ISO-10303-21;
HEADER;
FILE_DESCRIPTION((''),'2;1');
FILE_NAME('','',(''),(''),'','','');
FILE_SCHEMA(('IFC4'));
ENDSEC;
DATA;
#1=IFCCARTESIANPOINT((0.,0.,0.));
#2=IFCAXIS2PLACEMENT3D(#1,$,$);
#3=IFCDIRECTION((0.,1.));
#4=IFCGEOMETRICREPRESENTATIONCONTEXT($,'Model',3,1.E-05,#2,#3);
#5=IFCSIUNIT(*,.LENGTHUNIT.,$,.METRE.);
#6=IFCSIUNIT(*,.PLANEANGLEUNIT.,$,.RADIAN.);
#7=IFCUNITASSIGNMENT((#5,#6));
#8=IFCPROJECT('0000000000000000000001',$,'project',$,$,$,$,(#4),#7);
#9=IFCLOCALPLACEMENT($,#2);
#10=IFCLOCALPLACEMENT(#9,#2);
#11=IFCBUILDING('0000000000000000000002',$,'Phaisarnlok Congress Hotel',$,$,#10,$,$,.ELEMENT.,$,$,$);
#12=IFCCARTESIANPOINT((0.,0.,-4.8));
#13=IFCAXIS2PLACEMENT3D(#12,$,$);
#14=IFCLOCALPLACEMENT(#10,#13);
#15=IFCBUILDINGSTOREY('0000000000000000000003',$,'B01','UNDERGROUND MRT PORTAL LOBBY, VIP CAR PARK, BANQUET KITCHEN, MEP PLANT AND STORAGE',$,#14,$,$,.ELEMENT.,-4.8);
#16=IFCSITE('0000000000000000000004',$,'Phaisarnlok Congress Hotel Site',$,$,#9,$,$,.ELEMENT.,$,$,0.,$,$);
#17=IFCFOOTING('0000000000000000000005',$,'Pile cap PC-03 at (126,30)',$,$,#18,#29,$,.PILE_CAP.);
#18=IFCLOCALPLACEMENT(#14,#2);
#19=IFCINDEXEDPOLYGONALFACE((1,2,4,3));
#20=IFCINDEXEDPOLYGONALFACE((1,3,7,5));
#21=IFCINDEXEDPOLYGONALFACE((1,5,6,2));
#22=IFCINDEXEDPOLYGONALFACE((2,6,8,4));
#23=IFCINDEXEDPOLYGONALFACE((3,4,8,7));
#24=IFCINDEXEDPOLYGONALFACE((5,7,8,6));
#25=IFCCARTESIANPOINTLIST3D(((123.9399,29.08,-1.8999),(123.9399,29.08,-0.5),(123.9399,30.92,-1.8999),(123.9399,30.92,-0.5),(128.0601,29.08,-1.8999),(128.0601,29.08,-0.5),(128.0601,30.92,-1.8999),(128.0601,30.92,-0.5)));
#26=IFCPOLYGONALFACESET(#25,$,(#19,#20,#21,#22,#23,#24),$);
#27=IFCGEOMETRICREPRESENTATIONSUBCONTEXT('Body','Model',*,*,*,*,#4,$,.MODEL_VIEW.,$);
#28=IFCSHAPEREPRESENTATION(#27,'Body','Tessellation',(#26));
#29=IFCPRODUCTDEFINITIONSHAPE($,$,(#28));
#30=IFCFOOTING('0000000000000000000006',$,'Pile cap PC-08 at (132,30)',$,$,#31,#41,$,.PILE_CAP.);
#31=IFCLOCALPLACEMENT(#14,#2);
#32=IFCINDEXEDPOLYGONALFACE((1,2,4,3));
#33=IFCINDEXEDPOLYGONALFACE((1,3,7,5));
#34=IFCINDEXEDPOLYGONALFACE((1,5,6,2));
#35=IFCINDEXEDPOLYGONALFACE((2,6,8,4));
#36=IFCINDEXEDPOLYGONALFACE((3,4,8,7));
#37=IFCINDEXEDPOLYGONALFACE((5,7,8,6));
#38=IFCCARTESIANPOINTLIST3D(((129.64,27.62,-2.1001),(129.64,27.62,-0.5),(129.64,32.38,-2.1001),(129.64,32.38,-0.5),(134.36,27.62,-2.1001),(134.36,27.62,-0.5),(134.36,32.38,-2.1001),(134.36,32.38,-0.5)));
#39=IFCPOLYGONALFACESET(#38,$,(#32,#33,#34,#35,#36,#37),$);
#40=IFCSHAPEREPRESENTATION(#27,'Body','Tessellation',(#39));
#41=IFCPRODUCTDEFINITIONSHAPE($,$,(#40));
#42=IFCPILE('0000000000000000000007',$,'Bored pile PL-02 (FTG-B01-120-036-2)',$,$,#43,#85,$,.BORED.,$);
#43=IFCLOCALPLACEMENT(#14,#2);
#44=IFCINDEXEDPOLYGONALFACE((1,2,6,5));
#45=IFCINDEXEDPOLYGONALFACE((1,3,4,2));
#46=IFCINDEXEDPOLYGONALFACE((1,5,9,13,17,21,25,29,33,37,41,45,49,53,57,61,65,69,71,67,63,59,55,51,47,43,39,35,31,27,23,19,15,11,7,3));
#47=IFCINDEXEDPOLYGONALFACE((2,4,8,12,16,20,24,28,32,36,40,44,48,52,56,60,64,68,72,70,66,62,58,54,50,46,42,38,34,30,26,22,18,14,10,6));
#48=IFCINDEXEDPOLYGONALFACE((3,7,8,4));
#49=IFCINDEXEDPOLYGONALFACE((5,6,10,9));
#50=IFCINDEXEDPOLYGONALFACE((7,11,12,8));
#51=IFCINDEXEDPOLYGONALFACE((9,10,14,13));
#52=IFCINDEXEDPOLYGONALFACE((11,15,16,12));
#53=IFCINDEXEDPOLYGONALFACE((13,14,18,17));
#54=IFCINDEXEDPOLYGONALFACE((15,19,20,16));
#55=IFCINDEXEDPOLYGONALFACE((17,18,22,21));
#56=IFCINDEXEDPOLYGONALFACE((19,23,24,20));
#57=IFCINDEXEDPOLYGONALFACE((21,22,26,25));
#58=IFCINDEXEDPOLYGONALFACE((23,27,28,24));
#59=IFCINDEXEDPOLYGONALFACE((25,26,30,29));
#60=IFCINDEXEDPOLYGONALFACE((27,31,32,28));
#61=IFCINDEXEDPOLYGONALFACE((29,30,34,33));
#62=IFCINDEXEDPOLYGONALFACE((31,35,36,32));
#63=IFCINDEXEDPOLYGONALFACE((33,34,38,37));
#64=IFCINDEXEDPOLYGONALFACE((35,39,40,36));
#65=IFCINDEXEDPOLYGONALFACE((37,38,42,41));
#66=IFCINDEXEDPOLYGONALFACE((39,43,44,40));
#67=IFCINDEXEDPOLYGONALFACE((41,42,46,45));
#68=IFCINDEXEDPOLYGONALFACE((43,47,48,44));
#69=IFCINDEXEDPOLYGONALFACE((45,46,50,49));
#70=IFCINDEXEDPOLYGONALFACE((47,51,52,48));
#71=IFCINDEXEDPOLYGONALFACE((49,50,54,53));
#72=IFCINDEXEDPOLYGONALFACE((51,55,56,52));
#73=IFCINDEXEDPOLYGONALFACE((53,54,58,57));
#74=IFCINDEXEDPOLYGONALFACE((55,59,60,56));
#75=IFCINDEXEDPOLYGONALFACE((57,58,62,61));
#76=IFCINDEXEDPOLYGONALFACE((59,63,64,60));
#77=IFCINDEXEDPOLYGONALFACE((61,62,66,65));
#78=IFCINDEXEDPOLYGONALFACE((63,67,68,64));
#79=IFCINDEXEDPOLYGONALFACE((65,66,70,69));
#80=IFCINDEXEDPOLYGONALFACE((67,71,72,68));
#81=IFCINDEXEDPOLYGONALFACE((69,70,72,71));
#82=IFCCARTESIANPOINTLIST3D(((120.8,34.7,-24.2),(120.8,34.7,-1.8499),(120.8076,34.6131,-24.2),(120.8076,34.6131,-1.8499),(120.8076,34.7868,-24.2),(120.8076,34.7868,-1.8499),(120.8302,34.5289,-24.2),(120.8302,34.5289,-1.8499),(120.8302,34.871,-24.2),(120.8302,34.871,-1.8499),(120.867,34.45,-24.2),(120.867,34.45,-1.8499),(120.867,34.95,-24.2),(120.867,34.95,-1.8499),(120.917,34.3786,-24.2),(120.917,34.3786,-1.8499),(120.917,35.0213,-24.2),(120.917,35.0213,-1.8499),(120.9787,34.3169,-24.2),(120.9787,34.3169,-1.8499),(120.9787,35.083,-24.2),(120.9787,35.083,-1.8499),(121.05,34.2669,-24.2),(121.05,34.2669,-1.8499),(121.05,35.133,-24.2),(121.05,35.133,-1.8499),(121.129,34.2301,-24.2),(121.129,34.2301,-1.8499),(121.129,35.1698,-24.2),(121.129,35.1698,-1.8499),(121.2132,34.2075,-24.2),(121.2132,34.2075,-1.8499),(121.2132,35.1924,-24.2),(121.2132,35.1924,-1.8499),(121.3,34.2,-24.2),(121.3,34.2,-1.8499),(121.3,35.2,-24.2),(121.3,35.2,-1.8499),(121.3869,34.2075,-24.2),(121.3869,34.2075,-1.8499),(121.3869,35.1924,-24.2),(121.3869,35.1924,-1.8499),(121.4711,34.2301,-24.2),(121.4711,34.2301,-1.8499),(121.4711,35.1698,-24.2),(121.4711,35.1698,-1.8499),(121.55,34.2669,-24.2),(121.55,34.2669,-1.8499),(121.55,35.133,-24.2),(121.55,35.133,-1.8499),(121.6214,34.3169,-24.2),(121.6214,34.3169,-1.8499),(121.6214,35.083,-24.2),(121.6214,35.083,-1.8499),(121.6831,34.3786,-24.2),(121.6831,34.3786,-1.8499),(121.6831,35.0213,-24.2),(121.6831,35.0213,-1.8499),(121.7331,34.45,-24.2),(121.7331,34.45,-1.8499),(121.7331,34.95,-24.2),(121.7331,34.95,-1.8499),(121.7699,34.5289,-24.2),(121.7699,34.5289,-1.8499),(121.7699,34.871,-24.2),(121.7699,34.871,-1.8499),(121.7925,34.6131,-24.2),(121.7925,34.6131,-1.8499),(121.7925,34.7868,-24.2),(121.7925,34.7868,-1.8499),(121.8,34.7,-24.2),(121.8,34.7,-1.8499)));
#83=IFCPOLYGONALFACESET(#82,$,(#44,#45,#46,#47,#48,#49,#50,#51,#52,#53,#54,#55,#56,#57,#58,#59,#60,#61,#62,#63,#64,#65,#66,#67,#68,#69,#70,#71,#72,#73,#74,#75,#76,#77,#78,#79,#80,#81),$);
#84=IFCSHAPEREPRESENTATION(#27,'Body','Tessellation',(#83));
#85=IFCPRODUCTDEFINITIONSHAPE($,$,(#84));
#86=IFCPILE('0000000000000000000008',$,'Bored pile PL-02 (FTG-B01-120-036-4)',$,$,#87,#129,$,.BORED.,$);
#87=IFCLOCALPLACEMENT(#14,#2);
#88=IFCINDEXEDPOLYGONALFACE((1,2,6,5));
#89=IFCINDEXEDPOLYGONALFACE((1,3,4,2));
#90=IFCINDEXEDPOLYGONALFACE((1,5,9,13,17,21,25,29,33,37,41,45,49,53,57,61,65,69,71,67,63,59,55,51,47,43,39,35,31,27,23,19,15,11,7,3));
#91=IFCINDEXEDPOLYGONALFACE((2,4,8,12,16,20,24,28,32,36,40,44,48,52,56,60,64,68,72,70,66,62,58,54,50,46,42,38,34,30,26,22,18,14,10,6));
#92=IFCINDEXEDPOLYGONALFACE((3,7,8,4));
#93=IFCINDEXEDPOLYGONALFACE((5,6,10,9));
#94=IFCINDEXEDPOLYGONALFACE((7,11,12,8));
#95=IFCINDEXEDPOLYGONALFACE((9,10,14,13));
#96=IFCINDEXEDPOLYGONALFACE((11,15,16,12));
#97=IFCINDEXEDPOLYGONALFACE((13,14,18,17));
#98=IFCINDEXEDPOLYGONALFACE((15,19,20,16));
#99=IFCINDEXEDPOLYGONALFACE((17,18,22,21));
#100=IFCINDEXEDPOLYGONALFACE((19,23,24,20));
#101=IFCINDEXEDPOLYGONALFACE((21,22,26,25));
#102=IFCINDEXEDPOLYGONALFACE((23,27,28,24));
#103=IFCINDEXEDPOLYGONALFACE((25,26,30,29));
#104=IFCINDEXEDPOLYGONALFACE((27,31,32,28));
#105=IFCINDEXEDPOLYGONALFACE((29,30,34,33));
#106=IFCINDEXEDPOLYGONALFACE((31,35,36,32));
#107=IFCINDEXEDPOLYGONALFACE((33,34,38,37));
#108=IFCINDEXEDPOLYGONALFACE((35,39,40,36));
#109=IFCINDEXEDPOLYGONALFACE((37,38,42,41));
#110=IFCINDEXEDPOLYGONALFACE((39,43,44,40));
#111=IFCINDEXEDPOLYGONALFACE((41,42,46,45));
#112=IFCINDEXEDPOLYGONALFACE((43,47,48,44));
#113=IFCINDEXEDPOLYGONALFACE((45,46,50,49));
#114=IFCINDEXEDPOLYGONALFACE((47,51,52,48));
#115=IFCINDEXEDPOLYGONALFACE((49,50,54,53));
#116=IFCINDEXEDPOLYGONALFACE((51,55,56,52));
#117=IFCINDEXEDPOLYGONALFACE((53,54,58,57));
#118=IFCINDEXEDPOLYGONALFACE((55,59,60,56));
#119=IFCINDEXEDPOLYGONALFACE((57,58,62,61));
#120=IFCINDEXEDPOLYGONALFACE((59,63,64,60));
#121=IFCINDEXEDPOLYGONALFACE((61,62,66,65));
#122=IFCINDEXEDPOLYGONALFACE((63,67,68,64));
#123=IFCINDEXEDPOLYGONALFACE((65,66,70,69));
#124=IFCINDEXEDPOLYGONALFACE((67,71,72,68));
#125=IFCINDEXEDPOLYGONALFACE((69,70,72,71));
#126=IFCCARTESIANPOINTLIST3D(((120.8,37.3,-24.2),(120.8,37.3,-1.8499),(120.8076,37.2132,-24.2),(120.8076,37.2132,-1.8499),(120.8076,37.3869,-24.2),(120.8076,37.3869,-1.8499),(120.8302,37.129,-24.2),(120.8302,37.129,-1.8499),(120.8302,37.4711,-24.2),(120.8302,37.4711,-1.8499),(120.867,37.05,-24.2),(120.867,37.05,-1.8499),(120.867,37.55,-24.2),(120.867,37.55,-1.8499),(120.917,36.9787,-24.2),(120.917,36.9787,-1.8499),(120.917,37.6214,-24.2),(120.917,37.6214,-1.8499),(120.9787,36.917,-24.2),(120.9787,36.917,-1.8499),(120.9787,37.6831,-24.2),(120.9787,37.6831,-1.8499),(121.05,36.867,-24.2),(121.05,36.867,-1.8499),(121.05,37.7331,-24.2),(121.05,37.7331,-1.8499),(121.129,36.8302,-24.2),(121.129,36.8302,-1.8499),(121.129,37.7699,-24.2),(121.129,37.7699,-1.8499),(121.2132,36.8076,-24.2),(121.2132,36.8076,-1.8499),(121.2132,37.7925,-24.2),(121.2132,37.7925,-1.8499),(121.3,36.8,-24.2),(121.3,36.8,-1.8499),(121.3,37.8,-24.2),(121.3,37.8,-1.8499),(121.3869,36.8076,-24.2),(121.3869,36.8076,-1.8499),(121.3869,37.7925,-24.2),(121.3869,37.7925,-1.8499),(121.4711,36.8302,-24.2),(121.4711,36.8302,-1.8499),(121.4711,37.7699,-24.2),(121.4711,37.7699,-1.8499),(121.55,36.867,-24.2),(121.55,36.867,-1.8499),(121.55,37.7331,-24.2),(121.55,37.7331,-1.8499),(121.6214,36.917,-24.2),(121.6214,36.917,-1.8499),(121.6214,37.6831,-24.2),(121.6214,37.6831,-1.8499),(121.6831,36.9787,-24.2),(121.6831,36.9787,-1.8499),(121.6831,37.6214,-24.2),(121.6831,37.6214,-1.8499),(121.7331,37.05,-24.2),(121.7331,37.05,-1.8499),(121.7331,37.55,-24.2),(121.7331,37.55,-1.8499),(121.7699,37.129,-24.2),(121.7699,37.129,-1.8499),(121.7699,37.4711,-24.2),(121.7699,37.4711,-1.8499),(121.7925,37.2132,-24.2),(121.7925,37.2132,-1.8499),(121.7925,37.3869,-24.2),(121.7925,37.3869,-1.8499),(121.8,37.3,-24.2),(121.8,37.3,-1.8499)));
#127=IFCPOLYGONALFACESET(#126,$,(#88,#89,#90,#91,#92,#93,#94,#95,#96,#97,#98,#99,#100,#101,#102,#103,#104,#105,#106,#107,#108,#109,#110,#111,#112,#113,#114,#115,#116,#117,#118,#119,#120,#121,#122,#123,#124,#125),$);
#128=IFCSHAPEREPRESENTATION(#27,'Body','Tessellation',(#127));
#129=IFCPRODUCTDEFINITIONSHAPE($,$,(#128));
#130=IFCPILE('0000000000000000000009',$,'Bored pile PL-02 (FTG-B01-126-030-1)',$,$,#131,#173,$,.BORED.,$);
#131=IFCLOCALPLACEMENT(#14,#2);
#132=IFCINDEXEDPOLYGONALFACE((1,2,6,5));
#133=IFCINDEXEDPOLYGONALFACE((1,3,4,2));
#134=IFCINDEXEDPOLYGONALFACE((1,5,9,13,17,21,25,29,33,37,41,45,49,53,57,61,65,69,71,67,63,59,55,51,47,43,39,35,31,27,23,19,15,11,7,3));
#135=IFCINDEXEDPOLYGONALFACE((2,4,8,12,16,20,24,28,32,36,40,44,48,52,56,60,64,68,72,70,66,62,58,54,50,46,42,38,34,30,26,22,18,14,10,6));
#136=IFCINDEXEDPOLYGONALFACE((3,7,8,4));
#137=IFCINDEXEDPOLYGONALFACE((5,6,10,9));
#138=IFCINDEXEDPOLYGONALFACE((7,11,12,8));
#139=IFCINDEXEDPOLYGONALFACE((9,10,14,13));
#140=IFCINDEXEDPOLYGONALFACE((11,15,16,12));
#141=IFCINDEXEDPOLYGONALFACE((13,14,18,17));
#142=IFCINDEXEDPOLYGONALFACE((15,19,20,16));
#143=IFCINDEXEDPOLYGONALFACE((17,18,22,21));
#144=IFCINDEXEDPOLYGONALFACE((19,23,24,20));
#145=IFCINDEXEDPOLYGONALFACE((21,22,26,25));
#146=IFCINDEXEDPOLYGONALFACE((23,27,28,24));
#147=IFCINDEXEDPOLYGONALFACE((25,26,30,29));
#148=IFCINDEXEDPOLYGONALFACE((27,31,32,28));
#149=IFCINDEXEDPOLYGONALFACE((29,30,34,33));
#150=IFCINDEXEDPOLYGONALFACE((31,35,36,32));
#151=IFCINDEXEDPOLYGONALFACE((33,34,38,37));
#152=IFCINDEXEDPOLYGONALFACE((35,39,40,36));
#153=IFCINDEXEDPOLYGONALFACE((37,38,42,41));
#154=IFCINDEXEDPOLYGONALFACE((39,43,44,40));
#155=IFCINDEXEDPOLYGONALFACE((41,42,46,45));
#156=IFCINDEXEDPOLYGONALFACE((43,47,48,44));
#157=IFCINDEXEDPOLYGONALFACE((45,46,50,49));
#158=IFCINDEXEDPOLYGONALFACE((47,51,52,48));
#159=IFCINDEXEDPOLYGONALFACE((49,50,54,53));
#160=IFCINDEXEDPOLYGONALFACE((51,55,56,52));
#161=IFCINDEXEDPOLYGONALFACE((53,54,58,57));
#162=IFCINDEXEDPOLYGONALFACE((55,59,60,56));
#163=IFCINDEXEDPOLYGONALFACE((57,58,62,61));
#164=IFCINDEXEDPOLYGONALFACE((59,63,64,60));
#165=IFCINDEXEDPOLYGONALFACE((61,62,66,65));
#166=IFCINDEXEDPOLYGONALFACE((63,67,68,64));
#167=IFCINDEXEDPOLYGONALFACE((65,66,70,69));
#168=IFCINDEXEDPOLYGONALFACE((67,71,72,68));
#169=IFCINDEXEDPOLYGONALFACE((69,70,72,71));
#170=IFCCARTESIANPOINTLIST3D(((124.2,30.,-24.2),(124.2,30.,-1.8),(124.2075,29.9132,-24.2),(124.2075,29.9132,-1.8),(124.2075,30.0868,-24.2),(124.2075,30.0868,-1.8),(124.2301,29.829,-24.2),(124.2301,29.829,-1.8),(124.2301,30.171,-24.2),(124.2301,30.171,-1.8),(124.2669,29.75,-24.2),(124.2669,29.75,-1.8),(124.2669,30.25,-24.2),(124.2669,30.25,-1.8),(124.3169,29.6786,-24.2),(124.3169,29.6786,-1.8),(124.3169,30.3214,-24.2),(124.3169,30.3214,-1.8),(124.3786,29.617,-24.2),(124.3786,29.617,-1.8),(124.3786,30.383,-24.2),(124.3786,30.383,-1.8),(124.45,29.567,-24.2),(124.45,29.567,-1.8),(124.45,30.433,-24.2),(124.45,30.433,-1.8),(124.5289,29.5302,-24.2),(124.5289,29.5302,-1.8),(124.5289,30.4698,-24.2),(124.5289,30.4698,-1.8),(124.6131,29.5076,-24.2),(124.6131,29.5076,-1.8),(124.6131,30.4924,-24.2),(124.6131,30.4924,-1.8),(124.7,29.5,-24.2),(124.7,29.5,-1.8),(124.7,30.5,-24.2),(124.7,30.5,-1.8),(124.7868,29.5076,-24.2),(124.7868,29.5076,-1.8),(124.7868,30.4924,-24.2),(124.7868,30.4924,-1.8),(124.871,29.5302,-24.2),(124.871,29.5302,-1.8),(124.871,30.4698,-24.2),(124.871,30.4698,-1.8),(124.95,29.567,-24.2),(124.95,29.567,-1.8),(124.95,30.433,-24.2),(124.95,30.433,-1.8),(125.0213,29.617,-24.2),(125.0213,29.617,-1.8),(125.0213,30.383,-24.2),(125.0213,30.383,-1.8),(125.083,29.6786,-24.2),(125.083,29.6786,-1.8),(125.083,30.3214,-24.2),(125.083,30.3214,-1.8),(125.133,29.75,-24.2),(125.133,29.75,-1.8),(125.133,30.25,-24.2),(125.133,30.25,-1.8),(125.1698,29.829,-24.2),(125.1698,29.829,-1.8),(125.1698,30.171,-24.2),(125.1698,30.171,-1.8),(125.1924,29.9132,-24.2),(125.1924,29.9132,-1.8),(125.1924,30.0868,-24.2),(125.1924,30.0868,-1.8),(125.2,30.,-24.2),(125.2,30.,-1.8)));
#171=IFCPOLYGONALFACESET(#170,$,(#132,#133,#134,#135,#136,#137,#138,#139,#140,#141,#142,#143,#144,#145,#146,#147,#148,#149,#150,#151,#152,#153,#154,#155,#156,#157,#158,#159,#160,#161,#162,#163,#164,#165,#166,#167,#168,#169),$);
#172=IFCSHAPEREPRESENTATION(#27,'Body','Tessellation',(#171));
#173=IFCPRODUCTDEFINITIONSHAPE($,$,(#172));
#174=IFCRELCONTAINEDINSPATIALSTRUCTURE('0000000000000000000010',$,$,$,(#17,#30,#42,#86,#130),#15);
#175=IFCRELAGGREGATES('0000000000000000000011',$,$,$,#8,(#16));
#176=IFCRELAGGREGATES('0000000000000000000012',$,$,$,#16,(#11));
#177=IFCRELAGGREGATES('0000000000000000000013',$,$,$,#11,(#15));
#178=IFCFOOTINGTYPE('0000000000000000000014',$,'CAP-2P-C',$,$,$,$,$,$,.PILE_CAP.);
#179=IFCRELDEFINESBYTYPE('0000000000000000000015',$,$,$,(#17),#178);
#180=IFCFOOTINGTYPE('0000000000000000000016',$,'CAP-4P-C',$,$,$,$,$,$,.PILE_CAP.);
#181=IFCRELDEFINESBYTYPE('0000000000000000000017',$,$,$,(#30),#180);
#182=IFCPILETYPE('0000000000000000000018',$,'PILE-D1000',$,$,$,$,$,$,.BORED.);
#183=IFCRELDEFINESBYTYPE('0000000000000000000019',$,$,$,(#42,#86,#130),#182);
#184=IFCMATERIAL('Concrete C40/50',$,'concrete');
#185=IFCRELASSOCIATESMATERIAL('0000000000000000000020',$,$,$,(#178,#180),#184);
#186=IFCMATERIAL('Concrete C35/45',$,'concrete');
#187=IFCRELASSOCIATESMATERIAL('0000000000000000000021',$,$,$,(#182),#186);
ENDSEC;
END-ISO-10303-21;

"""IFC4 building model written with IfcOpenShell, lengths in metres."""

from ifc_helpers import new_model, si_unit, direction, frame, origin, origin_2d, place, context, subcontext, project, spatial, rectangle, circle, extrude, material, material_profile, profile_set, type_object, element, save


model = new_model("IFC4")

# Units and contexts
model_context = context("Model", 3, precision=1e-05, world=origin(), true_north=direction((0.0, 1.0)))
body_context = subcontext(model_context, "Body", "Model", "MODEL_VIEW")
ifc_project = project(units=[si_unit("LENGTHUNIT", "METRE"), si_unit("PLANEANGLEUNIT", "RADIAN")], contexts=[model_context])

# Site, building, storey
site_placement = place(None, origin())
site = spatial("IfcSite", under=ifc_project, at=site_placement, Name="Phaisarnlok Congress Hotel Site", CompositionType="ELEMENT", RefElevation=0.0)
building_placement = place(site_placement, origin())
building = spatial("IfcBuilding", under=site, at=building_placement, Name="Phaisarnlok Congress Hotel", CompositionType="ELEMENT")
storey_placement = place(building_placement, frame((0.0, 0.0, -4.8)))
storey = spatial("IfcBuildingStorey", under=building, at=storey_placement, Name="B01", Description="UNDERGROUND MRT PORTAL LOBBY, VIP CAR PARK, BANQUET KITCHEN, MEP PLANT AND STORAGE", CompositionType="ELEMENT", Elevation=-4.8)

# Footings
ifc_material_1 = material(Name="Concrete C40/50", Category="concrete")
footing_type_1 = type_object("IfcFootingType", Name="CAP-2P-C", PredefinedType="PILE_CAP", material=ifc_material_1)
footing_1_placement = place(storey_placement, frame((126.0, 30.0, -1.8999), z_axis=(0.0, 0.0, 1.0), x_axis=(1.0, 0.0, 0.0)))
element("IfcFooting", 1, at=footing_1_placement, inside=storey, type_object=footing_type_1, Name="Pile cap PC-03 at (126,30)", PredefinedType="PILE_CAP", context=body_context, shape_type="SweptSolid", body=[
    extrude(rectangle(XDim=4.1201, YDim=1.8401, at=origin_2d()), origin(), (0.0, 0.0, 1.0), 1.3999),
])
footing_type_2 = type_object("IfcFootingType", Name="CAP-4P-C", PredefinedType="PILE_CAP", material=ifc_material_1)
footing_2_placement = place(storey_placement, frame((132.0, 30.0, -2.1001), z_axis=(0.0, 0.0, 1.0), x_axis=(1.0, 0.0, 0.0)))
element("IfcFooting", 2, at=footing_2_placement, inside=storey, type_object=footing_type_2, Name="Pile cap PC-08 at (132,30)", PredefinedType="PILE_CAP", context=body_context, shape_type="SweptSolid", body=[
    extrude(rectangle(XDim=4.72, YDim=4.76, at=origin_2d()), origin(), (0.0, 0.0, 1.0), 1.6001),
])

# Piles
ifc_material_2 = material(Name="Concrete C35/45", Category="concrete")
ifc_material_profile_1 = material_profile(ifc_material_2, circle(Radius=0.5, at=origin_2d()), Name="BORED PILE D1000")
ifc_profile_set_1 = profile_set([ifc_material_profile_1], Name="Concrete C35/45")
pile_type_1 = type_object("IfcPileType", Name="PILE-D1000", PredefinedType="BORED", material=ifc_profile_set_1)
for number, where, z_axis, x_axis, name in (
    (3, (121.3, 34.7, -1.8499), (0.0, 0.0, -1.0), (1.0, 0.0, 0.0), "Bored pile PL-02 (FTG-B01-120-036-2)"),
    (4, (121.3, 37.3, -1.8499), (0.0, 0.0, -1.0), (1.0, 0.0, 0.0), "Bored pile PL-02 (FTG-B01-120-036-4)"),
):
    element("IfcPile", number, at=place(storey_placement, frame(where, z_axis=z_axis, x_axis=x_axis)), inside=storey, type_object=pile_type_1, Name=name, PredefinedType="BORED", context=body_context, shape_type="SweptSolid", body=[
        extrude(circle(Radius=0.5, at=origin_2d()), origin(), (0.0, 0.0, 1.0), 22.3501),
    ])
for number, where, z_axis, x_axis, name in (
    (5, (124.7, 30.0, -1.8), (0.0, 0.0, -1.0), (1.0, 0.0, 0.0), "Bored pile PL-02 (FTG-B01-126-030-1)"),
):
    element("IfcPile", number, at=place(storey_placement, frame(where, z_axis=z_axis, x_axis=x_axis)), inside=storey, type_object=pile_type_1, Name=name, PredefinedType="BORED", context=body_context, shape_type="SweptSolid", body=[
        extrude(circle(Radius=0.5, at=origin_2d()), origin(), (0.0, 0.0, 1.0), 22.3999),
    ])

save(model, "model.ifc")
